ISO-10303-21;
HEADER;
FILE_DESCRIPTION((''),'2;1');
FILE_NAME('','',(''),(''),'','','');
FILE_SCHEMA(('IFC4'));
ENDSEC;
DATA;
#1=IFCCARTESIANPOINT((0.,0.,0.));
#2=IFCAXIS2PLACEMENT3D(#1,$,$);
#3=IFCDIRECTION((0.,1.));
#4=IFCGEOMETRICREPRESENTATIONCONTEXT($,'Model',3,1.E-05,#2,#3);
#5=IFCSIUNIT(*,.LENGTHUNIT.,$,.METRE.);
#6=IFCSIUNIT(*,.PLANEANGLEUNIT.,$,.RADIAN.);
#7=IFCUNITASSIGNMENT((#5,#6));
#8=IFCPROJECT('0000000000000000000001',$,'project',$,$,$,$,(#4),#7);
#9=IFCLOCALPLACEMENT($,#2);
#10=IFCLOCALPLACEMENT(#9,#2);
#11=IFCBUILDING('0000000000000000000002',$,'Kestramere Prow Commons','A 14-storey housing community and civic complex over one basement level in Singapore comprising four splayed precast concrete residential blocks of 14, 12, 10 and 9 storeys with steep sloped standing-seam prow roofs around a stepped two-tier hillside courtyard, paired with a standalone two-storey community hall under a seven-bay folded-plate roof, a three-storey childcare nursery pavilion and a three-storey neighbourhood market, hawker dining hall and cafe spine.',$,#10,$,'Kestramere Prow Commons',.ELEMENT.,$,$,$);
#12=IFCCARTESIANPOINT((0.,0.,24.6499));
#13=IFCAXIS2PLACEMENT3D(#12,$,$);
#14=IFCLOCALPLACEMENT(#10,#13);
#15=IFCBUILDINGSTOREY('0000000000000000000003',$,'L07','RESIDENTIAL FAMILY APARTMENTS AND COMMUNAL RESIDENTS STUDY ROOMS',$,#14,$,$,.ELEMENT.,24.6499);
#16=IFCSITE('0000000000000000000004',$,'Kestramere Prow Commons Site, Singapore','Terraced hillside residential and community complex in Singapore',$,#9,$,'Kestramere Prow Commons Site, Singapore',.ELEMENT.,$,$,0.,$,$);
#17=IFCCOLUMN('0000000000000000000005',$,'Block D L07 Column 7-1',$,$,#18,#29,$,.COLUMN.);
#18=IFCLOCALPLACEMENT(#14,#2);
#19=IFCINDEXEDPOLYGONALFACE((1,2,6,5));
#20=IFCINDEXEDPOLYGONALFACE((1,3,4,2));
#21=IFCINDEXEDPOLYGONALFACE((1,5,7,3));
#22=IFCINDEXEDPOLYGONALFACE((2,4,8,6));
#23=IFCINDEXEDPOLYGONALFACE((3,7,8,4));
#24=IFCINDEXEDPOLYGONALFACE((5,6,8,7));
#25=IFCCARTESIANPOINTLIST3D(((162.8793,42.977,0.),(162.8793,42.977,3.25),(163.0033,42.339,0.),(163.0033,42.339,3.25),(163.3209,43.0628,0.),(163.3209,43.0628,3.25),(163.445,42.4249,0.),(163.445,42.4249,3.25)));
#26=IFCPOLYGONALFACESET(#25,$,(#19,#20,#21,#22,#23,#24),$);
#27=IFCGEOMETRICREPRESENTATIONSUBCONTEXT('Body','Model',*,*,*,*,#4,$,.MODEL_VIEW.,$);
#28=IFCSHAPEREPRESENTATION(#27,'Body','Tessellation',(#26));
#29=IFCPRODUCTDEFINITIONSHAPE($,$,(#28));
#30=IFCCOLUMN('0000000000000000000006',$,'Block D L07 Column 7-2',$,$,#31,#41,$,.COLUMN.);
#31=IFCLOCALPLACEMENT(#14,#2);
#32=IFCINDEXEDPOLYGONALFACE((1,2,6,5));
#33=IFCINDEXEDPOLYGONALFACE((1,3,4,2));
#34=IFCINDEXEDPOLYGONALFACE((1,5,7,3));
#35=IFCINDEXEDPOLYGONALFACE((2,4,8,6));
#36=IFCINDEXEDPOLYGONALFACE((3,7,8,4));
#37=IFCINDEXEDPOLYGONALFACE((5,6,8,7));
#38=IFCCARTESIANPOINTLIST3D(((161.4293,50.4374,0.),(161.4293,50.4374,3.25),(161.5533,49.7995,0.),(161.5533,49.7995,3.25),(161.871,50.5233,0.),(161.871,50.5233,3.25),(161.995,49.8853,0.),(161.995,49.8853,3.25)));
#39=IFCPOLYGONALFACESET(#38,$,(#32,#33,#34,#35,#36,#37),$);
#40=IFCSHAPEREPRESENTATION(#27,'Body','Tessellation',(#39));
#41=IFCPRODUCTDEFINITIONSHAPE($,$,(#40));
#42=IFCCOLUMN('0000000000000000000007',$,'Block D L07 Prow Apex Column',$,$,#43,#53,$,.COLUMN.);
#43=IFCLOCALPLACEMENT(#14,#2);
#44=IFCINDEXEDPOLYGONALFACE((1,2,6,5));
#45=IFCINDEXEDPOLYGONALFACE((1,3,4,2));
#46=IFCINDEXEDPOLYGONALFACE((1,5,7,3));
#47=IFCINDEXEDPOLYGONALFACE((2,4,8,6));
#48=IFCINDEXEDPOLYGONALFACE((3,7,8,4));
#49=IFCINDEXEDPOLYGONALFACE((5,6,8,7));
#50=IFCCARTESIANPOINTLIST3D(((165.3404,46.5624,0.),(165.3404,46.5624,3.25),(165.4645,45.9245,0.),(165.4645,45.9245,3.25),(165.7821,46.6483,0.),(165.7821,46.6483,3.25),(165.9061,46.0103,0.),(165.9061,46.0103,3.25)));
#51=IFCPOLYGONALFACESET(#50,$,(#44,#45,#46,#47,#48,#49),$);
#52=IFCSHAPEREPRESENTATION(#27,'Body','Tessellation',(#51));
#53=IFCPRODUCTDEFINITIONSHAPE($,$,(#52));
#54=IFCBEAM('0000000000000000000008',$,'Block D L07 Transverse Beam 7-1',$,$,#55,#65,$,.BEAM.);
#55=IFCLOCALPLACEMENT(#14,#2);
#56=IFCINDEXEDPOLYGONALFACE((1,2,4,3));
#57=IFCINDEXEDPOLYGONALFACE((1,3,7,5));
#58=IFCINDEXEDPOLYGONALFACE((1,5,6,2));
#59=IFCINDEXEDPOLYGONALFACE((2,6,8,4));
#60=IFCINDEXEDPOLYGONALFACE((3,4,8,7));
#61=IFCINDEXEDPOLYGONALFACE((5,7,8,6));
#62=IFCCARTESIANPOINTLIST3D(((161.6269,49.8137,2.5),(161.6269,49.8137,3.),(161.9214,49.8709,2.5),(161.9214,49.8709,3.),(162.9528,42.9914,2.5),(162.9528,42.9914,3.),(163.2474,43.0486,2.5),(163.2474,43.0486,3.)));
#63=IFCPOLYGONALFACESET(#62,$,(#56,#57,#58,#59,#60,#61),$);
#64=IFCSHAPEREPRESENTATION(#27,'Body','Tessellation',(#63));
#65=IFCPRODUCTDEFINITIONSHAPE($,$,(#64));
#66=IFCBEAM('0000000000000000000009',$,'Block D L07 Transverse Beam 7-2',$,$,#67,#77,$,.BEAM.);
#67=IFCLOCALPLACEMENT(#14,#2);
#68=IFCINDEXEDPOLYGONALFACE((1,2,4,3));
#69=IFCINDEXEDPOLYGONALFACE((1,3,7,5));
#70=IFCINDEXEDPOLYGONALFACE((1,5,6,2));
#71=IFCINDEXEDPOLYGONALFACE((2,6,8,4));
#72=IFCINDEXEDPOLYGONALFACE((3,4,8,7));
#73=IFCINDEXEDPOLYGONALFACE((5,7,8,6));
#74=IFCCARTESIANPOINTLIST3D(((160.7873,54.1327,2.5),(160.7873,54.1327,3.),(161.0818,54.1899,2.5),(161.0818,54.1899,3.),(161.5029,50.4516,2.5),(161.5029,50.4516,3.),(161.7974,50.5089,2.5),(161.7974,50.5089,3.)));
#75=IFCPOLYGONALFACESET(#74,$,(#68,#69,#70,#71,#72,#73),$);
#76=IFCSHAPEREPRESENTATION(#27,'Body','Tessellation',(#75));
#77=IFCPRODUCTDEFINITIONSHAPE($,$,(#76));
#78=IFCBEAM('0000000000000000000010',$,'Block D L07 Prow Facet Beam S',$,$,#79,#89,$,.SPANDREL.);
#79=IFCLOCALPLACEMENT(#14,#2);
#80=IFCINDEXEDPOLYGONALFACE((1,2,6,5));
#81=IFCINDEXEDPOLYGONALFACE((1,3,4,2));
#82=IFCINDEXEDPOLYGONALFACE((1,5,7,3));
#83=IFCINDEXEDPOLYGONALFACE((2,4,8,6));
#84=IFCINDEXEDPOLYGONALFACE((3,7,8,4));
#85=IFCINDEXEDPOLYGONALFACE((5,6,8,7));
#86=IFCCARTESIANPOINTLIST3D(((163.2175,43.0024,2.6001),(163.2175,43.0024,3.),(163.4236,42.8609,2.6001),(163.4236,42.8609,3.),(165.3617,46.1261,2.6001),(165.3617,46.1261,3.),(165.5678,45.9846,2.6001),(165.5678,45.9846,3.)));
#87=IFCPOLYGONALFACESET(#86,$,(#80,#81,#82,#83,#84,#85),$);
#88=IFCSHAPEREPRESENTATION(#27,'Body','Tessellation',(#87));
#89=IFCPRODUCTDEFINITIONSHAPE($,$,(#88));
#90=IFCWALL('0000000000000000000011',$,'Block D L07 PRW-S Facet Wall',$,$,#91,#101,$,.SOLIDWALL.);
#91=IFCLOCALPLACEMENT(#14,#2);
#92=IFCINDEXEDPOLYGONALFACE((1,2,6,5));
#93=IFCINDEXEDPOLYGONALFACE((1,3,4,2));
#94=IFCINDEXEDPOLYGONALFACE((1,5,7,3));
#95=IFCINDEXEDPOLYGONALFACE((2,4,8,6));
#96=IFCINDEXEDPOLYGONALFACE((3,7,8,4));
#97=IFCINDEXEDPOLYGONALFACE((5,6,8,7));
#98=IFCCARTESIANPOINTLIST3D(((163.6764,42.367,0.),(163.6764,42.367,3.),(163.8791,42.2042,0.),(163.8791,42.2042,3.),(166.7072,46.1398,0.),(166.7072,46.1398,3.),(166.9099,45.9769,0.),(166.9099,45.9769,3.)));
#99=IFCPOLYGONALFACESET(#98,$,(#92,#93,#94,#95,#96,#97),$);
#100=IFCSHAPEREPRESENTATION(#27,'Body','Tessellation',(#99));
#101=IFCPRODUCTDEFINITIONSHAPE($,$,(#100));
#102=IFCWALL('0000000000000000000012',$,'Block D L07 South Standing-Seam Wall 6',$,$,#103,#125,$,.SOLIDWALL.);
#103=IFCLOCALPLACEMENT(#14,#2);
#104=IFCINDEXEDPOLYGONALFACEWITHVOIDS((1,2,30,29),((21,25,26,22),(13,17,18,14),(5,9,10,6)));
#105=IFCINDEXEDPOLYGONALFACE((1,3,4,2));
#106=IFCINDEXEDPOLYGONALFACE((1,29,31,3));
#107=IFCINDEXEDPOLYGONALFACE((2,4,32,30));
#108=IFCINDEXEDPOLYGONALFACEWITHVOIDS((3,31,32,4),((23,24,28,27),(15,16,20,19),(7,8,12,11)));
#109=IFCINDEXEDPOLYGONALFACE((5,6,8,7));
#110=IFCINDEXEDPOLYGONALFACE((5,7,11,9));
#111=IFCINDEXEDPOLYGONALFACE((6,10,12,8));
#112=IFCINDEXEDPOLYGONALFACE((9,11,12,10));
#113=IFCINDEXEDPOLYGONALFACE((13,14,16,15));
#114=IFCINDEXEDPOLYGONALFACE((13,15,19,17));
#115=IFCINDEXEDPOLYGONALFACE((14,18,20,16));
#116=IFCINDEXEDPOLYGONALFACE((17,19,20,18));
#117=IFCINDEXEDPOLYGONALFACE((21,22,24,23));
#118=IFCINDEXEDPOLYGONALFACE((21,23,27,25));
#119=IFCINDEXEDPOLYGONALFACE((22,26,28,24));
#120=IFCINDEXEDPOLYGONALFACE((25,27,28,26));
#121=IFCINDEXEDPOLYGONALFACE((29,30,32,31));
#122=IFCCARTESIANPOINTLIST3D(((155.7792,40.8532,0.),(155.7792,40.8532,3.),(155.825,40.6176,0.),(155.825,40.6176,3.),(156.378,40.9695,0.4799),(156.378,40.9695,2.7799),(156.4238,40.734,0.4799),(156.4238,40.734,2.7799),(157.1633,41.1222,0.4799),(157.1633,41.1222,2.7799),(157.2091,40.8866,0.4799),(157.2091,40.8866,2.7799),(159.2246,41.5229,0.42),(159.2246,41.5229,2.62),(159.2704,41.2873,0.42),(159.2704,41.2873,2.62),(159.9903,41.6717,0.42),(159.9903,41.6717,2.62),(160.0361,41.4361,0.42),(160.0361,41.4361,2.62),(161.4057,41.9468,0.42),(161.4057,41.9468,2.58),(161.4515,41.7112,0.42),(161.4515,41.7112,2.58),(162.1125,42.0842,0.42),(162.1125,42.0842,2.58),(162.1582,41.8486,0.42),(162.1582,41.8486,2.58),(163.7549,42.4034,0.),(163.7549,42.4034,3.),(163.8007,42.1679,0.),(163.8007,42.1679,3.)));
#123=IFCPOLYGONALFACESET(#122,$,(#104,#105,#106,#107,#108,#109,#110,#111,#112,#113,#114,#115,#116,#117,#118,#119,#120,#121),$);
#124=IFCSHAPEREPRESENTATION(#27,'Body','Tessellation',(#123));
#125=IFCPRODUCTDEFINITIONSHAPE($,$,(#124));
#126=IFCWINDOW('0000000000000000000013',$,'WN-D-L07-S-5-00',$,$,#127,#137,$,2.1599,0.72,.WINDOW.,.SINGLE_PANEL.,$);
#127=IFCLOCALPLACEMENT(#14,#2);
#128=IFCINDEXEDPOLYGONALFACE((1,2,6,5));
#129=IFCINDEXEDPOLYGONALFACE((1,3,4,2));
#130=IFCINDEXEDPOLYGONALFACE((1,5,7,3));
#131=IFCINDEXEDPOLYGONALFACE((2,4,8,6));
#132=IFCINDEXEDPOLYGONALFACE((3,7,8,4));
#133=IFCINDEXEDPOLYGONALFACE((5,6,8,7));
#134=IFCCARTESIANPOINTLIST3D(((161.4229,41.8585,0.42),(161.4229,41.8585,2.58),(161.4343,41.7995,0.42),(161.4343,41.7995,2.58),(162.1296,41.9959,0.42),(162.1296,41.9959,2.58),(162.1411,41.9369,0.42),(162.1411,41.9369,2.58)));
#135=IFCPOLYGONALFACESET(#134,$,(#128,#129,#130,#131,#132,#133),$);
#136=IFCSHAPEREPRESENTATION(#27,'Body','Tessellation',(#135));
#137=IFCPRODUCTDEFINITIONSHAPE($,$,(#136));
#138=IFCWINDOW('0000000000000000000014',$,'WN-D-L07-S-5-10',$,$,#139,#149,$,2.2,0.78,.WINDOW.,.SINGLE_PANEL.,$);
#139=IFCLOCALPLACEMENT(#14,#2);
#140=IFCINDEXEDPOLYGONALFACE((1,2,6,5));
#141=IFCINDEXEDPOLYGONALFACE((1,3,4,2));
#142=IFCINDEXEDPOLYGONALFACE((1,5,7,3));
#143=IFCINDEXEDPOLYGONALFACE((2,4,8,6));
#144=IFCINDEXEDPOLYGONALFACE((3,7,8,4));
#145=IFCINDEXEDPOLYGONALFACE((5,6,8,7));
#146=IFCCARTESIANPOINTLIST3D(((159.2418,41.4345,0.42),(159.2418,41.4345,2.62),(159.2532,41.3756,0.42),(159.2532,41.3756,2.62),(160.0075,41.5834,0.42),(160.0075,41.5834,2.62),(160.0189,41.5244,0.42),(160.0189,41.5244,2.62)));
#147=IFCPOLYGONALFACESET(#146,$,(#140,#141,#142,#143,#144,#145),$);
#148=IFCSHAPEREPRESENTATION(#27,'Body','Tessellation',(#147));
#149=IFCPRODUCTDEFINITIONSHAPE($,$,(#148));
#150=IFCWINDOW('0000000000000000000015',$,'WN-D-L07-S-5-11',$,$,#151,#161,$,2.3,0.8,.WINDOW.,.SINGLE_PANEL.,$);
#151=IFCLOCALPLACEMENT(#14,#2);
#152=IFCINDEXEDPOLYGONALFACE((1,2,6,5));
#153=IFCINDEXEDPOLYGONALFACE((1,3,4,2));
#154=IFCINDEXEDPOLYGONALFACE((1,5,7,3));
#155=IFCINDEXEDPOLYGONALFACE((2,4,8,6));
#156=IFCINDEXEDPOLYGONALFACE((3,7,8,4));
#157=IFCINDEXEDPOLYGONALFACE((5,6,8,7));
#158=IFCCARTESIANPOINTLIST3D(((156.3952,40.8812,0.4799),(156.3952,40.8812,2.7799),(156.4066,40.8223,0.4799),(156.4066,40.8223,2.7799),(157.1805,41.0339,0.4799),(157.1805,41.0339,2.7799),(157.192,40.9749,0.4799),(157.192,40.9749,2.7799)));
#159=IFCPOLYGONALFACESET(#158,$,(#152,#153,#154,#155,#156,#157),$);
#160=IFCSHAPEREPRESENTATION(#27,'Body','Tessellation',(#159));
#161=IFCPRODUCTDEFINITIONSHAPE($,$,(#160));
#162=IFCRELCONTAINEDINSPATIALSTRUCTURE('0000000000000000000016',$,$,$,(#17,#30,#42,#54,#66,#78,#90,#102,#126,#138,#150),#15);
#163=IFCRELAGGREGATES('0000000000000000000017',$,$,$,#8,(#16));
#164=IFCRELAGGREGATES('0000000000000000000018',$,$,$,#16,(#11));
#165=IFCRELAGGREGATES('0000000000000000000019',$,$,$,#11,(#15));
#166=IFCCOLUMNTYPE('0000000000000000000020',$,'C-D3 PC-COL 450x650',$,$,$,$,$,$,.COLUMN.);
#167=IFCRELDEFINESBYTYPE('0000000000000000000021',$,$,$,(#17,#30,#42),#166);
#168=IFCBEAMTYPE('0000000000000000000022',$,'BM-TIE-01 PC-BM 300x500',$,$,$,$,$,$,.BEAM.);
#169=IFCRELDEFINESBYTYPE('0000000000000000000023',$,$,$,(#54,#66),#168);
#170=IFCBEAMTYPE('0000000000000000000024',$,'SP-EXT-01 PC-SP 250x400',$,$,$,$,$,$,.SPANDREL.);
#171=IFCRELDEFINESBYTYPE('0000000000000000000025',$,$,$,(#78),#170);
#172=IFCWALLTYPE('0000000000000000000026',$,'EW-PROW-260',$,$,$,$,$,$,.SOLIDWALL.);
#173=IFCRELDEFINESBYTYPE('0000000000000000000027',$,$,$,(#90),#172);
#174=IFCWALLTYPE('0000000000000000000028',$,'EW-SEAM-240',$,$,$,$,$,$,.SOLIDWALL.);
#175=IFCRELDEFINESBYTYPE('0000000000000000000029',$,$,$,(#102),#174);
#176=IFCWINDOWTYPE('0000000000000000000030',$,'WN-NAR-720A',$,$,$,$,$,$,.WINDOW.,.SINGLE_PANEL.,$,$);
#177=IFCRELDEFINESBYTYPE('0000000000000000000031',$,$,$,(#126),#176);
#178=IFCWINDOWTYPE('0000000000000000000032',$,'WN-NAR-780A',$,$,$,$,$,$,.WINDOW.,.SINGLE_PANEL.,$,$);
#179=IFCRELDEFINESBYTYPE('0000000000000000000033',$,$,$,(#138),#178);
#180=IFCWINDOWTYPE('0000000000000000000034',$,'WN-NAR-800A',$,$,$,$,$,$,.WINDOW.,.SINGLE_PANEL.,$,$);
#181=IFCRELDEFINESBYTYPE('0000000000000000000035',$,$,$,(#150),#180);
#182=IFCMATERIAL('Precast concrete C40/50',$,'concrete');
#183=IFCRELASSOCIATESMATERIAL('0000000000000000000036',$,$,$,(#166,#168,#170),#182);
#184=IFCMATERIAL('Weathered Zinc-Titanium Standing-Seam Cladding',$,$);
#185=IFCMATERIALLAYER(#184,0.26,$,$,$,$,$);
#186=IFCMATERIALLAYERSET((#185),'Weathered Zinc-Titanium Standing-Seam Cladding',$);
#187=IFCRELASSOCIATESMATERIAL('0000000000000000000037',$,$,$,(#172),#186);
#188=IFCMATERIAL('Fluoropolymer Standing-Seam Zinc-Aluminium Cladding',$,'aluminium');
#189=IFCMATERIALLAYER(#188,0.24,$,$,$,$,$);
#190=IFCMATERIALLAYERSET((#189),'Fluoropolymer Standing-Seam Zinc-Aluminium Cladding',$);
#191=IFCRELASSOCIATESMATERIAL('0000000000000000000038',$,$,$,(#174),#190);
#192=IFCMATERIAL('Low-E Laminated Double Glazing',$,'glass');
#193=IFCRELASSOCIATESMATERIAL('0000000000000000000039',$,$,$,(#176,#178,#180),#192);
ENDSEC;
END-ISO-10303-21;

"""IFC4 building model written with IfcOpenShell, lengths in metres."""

from ifc_helpers import new_model, si_unit, direction, frame, frame_2d, origin, origin_2d, place, context, subcontext, project, spatial, rectangle, extrude, material, layer, layer_set, material_profile, profile_set, type_object, element, fill, save


model = new_model("IFC4")

# Units and contexts
model_context = context("Model", 3, precision=1e-05, world=origin(), true_north=direction((0.0, 1.0)))
body_context = subcontext(model_context, "Body", "Model", "MODEL_VIEW")
ifc_project = project(units=[si_unit("LENGTHUNIT", "METRE"), si_unit("PLANEANGLEUNIT", "RADIAN")], contexts=[model_context])

# Site, building, storey
site_placement = place(None, origin())
site = spatial("IfcSite", under=ifc_project, at=site_placement, Name="Kestramere Prow Commons Site, Singapore", Description="Terraced hillside residential and community complex in Singapore", LongName="Kestramere Prow Commons Site, Singapore", CompositionType="ELEMENT", RefElevation=0.0)
building_placement = place(site_placement, origin())
building = spatial("IfcBuilding", under=site, at=building_placement, Name="Kestramere Prow Commons", Description="A 14-storey housing community and civic complex over one basement level in Singapore comprising four splayed precast concrete residential blocks of 14, 12, 10 and 9 storeys with steep sloped standing-seam prow roofs around a stepped two-tier hillside courtyard, paired with a standalone two-storey community hall under a seven-bay folded-plate roof, a three-storey childcare nursery pavilion and a three-storey neighbourhood market, hawker dining hall and cafe spine.", LongName="Kestramere Prow Commons", CompositionType="ELEMENT")
storey_placement = place(building_placement, frame((0.0, 0.0, 24.6499)))
storey = spatial("IfcBuildingStorey", under=building, at=storey_placement, Name="L07", Description="RESIDENTIAL FAMILY APARTMENTS AND COMMUNAL RESIDENTS STUDY ROOMS", CompositionType="ELEMENT", Elevation=24.6499)

# Columns
ifc_material_1 = material(Name="Precast concrete C40/50", Category="concrete")
ifc_material_profile_1 = material_profile(ifc_material_1, rectangle(XDim=0.45, YDim=0.6499, at=origin_2d()), Name="PC-COL 450x650")
ifc_profile_set_1 = profile_set([ifc_material_profile_1], Name="Precast concrete C40/50")
column_type = type_object("IfcColumnType", Name="C-D3 PC-COL 450x650", PredefinedType="COLUMN", material=ifc_profile_set_1)
for number, where, z_axis, x_axis, name in (
    (1, (163.1621, 42.7009, 0.0), (0.0, 0.0, 1.0), (0.981627, 0.190809, 0.0), "Block D L07 Column 7-1"),
    (2, (161.7122, 50.1614, 0.0), (0.0, 0.0, 1.0), (0.981627, 0.190809, 0.0), "Block D L07 Column 7-2"),
    (3, (165.6233, 46.2864, 0.0), (0.0, 0.0, 1.0), (0.981627, 0.190809, 0.0), "Block D L07 Prow Apex Column"),
):
    element("IfcColumn", number, at=place(storey_placement, frame(where, z_axis=z_axis, x_axis=x_axis)), inside=storey, type_object=column_type, Name=name, PredefinedType="COLUMN", context=body_context, shape_type="SweptSolid", body=[
        extrude(rectangle(XDim=0.45, YDim=0.6499, at=origin_2d()), origin(), (0.0, 0.0, 1.0), 3.25),
    ])

# Beams
ifc_material_profile_2 = material_profile(ifc_material_1, rectangle(XDim=0.3, YDim=0.5, at=origin_2d()), Name="PC-BM 300x500")
ifc_profile_set_2 = profile_set([ifc_material_profile_2], Name="Precast concrete C40/50")
beam_type_1 = type_object("IfcBeamType", Name="BM-TIE-01 PC-BM 300x500", PredefinedType="BEAM", material=ifc_profile_set_2)
beam_1_placement = place(storey_placement, frame((163.1001, 43.02, 2.75), z_axis=(-0.190783, 0.981632, 0.0), x_axis=(-0.981632, -0.190783, 0.0)))
element("IfcBeam", 4, at=beam_1_placement, inside=storey, type_object=beam_type_1, Name="Block D L07 Transverse Beam 7-1", PredefinedType="BEAM", context=body_context, shape_type="SweptSolid", body=[
    extrude(rectangle(XDim=0.3, YDim=0.5, at=origin_2d()), origin(), (0.0, 0.0, 1.0), 6.95),
])
beam_2_placement = place(storey_placement, frame((161.6501, 50.4802, 2.75), z_axis=(-0.190817, 0.981626, 0.0), x_axis=(-0.981626, -0.190817, 0.0)))
element("IfcBeam", 5, at=beam_2_placement, inside=storey, type_object=beam_type_1, Name="Block D L07 Transverse Beam 7-2", PredefinedType="BEAM", context=body_context, shape_type="SweptSolid", body=[
    extrude(rectangle(XDim=0.3, YDim=0.5, at=origin_2d()), origin(), (0.0, 0.0, 1.0), 3.75),
])
ifc_material_profile_3 = material_profile(ifc_material_1, rectangle(XDim=0.25, YDim=0.3999, at=origin_2d()), Name="PC-SP 250x400")
ifc_profile_set_3 = profile_set([ifc_material_profile_3], Name="Precast concrete C40/50")
beam_type_2 = type_object("IfcBeamType", Name="SP-EXT-01 PC-SP 250x400", PredefinedType="SPANDREL", material=ifc_profile_set_3)
beam_3_placement = place(storey_placement, frame((163.3206, 42.9316, 2.8), z_axis=(0.565935, 0.82445, 0.0), x_axis=(-0.82445, 0.565935, 0.0)))
element("IfcBeam", 6, at=beam_3_placement, inside=storey, type_object=beam_type_2, Name="Block D L07 Prow Facet Beam S", PredefinedType="SPANDREL", context=body_context, shape_type="SweptSolid", body=[
    extrude(rectangle(XDim=0.25, YDim=0.3999, at=origin_2d()), origin(), (0.0, 0.0, 1.0), 3.7888),
])

# Wall
ifc_material_2 = material(Name="Weathered Zinc-Titanium Standing-Seam Cladding")
ifc_layer_1 = layer(ifc_material_2, 0.26)
ifc_layer_set_1 = layer_set([ifc_layer_1], Name="Weathered Zinc-Titanium Standing-Seam Cladding")
wall_type_1 = type_object("IfcWallType", Name="EW-PROW-260", PredefinedType="SOLIDWALL", material=ifc_layer_set_1)
wall_1_placement = place(storey_placement, frame((166.8086, 46.0583, 0.0), z_axis=(0.0, 0.0, 1.0), x_axis=(-0.626281, -0.779597, 0.0)))
element("IfcWall", 7, at=wall_1_placement, inside=storey, type_object=wall_type_1, Name="Block D L07 PRW-S Facet Wall", PredefinedType="SOLIDWALL", context=body_context, shape_type="SweptSolid", body=[
    extrude(rectangle(XDim=4.8394, YDim=0.26, at=frame_2d((2.4197, 0.0))), origin(), (0.0, 0.0, 1.0), 3.0),
])

# Wall, openings, windows
ifc_material_3 = material(Name="Fluoropolymer Standing-Seam Zinc-Aluminium Cladding", Category="aluminium")
ifc_layer_2 = layer(ifc_material_3, 0.24)
ifc_layer_set_2 = layer_set([ifc_layer_2], Name="Fluoropolymer Standing-Seam Zinc-Aluminium Cladding")
wall_type_2 = type_object("IfcWallType", Name="EW-SEAM-240", PredefinedType="SOLIDWALL", material=ifc_layer_set_2)
wall_2_placement = place(storey_placement, frame((163.7778, 42.2856, 0.0), z_axis=(0.0, 0.0, 1.0), x_axis=(-0.981628, -0.190803, 0.0)))
wall_2 = element("IfcWall", 8, at=wall_2_placement, inside=storey, type_object=wall_type_2, Name="Block D L07 South Standing-Seam Wall 6", PredefinedType="SOLIDWALL", context=body_context, shape_type="SweptSolid", body=[
    extrude(rectangle(XDim=8.125, YDim=0.24, at=frame_2d((4.0625, 0.0))), origin(), (0.0, 0.0, 1.0), 3.0),
])
opening_1_placement = place(wall_2_placement, frame((1.6733, 0.0, 0.4199)))
opening_1 = element("IfcOpeningElement", 9, at=opening_1_placement, cuts=wall_2, PredefinedType="OPENING", context=body_context, shape_type="SweptSolid", body=[
    extrude(rectangle(XDim=0.72, YDim=2.1599, at=frame_2d((0.3599, 1.0801))), frame((0.0, 0.135, 0.0), z_axis=(0.0, -1.0, 0.0), x_axis=(1.0, 0.0, 0.0)), (0.0, 0.0, 1.0), 0.27),
])
opening_2_placement = place(wall_2_placement, frame((3.835, 0.0, 0.4199)))
opening_2 = element("IfcOpeningElement", 10, at=opening_2_placement, cuts=wall_2, PredefinedType="OPENING", context=body_context, shape_type="SweptSolid", body=[
    extrude(rectangle(XDim=0.78, YDim=2.2, at=frame_2d((0.3901, 1.1001))), frame((0.0, 0.135, 0.0), z_axis=(0.0, -1.0, 0.0), x_axis=(1.0, 0.0, 0.0)), (0.0, 0.0, 1.0), 0.27),
])
opening_3_placement = place(wall_2_placement, frame((6.7151, 0.0, 0.48)))
opening_3 = element("IfcOpeningElement", 11, at=opening_3_placement, cuts=wall_2, PredefinedType="OPENING", context=body_context, shape_type="SweptSolid", body=[
    extrude(rectangle(XDim=0.8, YDim=2.3, at=frame_2d((0.3999, 1.1499))), frame((0.0, 0.135, 0.0), z_axis=(0.0, -1.0, 0.0), x_axis=(1.0, 0.0, 0.0)), (0.0, 0.0, 1.0), 0.27),
])
ifc_material_4 = material(Name="Low-E Laminated Double Glazing", Category="glass")
window_type_1 = type_object("IfcWindowType", Name="WN-NAR-720A", PartitioningType="SINGLE_PANEL", PredefinedType="WINDOW", material=ifc_material_4)
window_1_placement = place(opening_1_placement, origin())
window_1 = element("IfcWindow", 12, at=window_1_placement, inside=storey, type_object=window_type_1, Name="WN-D-L07-S-5-00", OverallHeight=2.1599, OverallWidth=0.72, PartitioningType="SINGLE_PANEL", PredefinedType="WINDOW", context=body_context, shape_type="SweptSolid", body=[
    extrude(rectangle(XDim=0.72, YDim=2.1599, at=frame_2d((0.3599, 1.0801))), frame((0.0, 0.03, 0.0), z_axis=(0.0, -1.0, 0.0), x_axis=(1.0, 0.0, 0.0)), (0.0, 0.0, 1.0), 0.0601),
])
fill(opening_1, window_1)
window_type_2 = type_object("IfcWindowType", Name="WN-NAR-780A", PartitioningType="SINGLE_PANEL", PredefinedType="WINDOW", material=ifc_material_4)
window_2_placement = place(opening_2_placement, origin())
window_2 = element("IfcWindow", 13, at=window_2_placement, inside=storey, type_object=window_type_2, Name="WN-D-L07-S-5-10", OverallHeight=2.2, OverallWidth=0.78, PartitioningType="SINGLE_PANEL", PredefinedType="WINDOW", context=body_context, shape_type="SweptSolid", body=[
    extrude(rectangle(XDim=0.78, YDim=2.2, at=frame_2d((0.3901, 1.1001))), frame((0.0, 0.03, 0.0), z_axis=(0.0, -1.0, 0.0), x_axis=(1.0, 0.0, 0.0)), (0.0, 0.0, 1.0), 0.0601),
])
fill(opening_2, window_2)
window_type_3 = type_object("IfcWindowType", Name="WN-NAR-800A", PartitioningType="SINGLE_PANEL", PredefinedType="WINDOW", material=ifc_material_4)
window_3_placement = place(opening_3_placement, origin())
window_3 = element("IfcWindow", 14, at=window_3_placement, inside=storey, type_object=window_type_3, Name="WN-D-L07-S-5-11", OverallHeight=2.3, OverallWidth=0.8, PartitioningType="SINGLE_PANEL", PredefinedType="WINDOW", context=body_context, shape_type="SweptSolid", body=[
    extrude(rectangle(XDim=0.8, YDim=2.3, at=frame_2d((0.3999, 1.1499))), frame((0.0, 0.03, 0.0), z_axis=(0.0, -1.0, 0.0), x_axis=(1.0, 0.0, 0.0)), (0.0, 0.0, 1.0), 0.0601),
])
fill(opening_3, window_3)

save(model, "model.ifc")
